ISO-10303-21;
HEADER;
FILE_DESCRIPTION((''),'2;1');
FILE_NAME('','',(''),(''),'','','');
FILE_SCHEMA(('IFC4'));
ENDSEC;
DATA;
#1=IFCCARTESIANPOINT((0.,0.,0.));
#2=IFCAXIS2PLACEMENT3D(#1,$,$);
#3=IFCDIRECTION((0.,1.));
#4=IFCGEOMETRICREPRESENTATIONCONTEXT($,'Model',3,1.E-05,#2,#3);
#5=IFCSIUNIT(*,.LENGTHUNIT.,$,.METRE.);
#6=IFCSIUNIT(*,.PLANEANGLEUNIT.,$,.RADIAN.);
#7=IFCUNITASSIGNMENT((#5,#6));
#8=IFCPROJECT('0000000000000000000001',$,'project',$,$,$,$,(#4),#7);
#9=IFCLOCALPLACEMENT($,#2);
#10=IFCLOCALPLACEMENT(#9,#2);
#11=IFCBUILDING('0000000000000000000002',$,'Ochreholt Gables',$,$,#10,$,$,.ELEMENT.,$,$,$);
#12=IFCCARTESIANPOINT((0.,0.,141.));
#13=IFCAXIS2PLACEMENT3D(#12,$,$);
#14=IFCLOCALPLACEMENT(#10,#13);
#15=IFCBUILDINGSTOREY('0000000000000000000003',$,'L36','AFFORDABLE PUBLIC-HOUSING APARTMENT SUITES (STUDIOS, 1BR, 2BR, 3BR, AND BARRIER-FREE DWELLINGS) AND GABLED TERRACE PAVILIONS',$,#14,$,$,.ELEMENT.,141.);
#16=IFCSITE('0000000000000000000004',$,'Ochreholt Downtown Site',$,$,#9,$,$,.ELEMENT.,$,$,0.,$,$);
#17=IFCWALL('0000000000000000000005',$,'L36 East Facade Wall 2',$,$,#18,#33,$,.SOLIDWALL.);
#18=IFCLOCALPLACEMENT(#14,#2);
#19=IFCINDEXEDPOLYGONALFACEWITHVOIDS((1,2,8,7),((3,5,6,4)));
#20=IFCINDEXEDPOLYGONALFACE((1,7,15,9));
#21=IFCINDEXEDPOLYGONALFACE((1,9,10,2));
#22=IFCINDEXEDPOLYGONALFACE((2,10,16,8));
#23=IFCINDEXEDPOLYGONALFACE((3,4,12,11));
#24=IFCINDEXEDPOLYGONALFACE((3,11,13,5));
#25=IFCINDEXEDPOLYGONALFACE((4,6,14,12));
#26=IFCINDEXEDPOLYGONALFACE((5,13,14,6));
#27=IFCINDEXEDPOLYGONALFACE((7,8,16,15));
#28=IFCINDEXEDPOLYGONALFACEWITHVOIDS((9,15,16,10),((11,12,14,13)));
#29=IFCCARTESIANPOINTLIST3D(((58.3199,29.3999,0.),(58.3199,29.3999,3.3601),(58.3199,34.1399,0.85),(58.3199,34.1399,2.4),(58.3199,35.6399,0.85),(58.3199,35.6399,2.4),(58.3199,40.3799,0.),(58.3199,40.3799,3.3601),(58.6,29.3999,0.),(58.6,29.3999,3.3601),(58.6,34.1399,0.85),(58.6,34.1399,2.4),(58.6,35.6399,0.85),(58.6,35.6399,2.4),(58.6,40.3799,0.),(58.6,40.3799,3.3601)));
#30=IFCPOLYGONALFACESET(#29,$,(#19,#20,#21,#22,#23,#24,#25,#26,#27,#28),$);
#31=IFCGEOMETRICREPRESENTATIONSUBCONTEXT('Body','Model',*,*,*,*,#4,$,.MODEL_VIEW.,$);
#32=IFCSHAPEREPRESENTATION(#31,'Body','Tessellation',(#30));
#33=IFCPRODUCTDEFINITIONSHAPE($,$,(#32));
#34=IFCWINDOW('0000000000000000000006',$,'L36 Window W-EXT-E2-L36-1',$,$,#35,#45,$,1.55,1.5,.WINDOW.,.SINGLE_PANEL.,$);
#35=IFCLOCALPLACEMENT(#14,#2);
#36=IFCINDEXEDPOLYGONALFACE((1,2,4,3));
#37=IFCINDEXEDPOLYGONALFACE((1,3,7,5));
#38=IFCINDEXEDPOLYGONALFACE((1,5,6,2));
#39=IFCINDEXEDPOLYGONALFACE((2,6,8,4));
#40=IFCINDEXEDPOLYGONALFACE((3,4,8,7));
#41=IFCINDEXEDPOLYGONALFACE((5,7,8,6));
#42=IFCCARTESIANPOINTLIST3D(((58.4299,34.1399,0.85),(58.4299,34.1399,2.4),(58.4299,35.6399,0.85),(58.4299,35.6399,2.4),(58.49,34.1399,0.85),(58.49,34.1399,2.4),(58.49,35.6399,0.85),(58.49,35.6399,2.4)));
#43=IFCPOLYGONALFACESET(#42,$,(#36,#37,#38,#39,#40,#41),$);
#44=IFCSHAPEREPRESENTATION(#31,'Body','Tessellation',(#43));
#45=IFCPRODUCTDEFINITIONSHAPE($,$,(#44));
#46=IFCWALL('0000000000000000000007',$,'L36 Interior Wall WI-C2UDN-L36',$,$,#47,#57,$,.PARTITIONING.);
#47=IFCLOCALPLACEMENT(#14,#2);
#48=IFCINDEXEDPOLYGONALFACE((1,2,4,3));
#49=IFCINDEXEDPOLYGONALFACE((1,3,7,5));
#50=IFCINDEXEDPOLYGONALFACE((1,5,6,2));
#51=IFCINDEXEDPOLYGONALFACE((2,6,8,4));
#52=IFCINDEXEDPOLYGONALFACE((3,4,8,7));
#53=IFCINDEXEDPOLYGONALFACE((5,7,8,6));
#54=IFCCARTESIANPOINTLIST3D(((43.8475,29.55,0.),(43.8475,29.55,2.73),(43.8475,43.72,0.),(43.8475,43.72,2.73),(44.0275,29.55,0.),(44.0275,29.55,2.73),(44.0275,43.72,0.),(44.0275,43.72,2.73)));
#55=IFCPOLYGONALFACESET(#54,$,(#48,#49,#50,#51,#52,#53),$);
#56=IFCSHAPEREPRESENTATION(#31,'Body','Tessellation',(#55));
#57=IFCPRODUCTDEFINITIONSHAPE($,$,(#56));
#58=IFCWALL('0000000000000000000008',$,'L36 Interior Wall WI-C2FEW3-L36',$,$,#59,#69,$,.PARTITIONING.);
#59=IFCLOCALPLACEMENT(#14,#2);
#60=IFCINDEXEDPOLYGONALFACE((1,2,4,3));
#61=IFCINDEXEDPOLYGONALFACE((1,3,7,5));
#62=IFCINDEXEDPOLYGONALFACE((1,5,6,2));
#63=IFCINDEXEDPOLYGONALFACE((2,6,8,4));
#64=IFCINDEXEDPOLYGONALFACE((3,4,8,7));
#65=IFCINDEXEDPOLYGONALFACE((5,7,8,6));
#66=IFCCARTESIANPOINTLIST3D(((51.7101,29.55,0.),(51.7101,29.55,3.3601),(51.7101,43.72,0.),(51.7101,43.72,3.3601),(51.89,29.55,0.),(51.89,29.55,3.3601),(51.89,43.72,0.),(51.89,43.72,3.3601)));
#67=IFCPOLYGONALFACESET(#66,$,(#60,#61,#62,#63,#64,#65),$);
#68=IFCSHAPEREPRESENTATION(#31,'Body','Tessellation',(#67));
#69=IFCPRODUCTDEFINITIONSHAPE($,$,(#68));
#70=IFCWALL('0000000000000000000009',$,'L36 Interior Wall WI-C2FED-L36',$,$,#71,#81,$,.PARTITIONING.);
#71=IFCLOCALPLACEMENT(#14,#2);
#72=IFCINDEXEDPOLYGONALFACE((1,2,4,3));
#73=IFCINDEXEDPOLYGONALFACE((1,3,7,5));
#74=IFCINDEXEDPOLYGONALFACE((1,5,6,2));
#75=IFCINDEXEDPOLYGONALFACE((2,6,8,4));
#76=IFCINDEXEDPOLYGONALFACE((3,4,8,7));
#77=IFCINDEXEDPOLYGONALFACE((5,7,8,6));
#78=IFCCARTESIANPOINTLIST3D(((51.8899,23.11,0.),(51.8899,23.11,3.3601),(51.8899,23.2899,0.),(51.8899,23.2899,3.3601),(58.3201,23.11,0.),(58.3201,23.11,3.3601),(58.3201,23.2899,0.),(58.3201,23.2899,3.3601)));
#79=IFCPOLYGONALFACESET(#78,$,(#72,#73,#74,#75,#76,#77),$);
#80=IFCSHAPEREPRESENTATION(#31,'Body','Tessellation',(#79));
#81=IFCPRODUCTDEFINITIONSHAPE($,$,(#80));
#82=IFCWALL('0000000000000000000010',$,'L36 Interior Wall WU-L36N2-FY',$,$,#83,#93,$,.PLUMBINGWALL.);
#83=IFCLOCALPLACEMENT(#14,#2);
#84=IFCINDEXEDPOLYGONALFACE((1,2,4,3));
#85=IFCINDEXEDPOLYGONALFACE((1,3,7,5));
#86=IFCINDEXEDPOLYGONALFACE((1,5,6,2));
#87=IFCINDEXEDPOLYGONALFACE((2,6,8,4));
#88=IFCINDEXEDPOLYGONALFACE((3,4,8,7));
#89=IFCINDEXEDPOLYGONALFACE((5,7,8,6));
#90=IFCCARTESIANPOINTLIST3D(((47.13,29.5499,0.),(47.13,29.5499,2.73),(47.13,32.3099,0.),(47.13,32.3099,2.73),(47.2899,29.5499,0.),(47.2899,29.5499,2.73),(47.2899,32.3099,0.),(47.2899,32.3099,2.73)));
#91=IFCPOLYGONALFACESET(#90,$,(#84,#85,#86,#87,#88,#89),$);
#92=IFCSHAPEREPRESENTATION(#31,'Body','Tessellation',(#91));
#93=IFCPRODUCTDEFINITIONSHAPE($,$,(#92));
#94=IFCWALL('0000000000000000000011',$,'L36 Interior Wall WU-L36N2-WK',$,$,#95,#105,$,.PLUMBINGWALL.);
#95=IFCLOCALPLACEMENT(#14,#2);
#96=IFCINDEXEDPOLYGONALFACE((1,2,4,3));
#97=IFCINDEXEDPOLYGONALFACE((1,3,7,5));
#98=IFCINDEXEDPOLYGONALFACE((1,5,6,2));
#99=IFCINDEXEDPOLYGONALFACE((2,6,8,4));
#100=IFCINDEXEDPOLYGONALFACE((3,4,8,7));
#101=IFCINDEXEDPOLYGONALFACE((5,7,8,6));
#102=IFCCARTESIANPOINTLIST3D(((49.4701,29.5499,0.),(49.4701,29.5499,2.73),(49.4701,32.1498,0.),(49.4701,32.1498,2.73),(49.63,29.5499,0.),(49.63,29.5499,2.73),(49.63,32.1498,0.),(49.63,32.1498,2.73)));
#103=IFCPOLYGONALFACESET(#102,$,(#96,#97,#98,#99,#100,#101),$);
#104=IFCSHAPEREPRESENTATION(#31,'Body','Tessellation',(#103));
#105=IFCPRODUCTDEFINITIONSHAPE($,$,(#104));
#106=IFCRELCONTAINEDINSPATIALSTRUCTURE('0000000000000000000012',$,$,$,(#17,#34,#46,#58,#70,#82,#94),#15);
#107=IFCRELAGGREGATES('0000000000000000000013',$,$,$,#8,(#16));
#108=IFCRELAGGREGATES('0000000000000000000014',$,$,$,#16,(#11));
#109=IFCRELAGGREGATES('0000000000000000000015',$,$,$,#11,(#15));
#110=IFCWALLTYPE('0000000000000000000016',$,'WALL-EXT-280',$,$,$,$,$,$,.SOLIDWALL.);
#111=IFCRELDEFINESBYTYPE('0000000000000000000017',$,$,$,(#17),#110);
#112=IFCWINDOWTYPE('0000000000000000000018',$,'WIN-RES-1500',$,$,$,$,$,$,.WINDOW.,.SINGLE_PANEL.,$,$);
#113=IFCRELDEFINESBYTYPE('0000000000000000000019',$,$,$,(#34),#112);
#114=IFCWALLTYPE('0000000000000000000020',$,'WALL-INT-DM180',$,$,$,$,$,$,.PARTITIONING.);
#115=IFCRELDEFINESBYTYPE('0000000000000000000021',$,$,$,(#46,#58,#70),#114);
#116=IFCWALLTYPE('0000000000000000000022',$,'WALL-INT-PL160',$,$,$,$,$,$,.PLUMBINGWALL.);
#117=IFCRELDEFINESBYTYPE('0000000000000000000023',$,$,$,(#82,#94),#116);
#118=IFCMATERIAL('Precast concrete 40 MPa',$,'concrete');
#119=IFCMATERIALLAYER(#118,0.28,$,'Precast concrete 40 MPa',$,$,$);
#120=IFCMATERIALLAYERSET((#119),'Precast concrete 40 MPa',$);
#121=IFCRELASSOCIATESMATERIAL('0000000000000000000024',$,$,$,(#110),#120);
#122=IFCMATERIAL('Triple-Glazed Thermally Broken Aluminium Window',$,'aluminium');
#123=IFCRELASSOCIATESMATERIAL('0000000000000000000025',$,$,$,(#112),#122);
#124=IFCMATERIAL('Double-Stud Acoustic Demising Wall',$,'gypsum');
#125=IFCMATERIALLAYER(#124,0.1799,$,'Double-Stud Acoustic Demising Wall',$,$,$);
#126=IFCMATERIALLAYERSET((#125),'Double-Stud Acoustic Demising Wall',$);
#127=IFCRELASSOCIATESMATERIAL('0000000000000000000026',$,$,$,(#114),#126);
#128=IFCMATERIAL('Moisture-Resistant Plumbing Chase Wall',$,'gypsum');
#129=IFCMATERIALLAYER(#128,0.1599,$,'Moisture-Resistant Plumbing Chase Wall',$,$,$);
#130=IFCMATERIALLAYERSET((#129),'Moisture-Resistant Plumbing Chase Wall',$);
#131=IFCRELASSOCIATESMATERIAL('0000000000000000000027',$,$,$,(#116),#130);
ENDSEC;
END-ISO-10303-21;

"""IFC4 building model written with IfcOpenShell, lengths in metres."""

from ifc_helpers import new_model, si_unit, direction, frame, frame_2d, origin, place, context, subcontext, project, spatial, rectangle, extrude, material, layer, layer_set, type_object, element, fill, save


model = new_model("IFC4")

# Units and contexts
model_context = context("Model", 3, precision=1e-05, world=origin(), true_north=direction((0.0, 1.0)))
body_context = subcontext(model_context, "Body", "Model", "MODEL_VIEW")
ifc_project = project(units=[si_unit("LENGTHUNIT", "METRE"), si_unit("PLANEANGLEUNIT", "RADIAN")], contexts=[model_context])

# Site, building, storey
site_placement = place(None, origin())
site = spatial("IfcSite", under=ifc_project, at=site_placement, Name="Ochreholt Downtown Site", CompositionType="ELEMENT", RefElevation=0.0)
building_placement = place(site_placement, origin())
building = spatial("IfcBuilding", under=site, at=building_placement, Name="Ochreholt Gables", CompositionType="ELEMENT")
storey_placement = place(building_placement, frame((0.0, 0.0, 141.0)))
storey = spatial("IfcBuildingStorey", under=building, at=storey_placement, Name="L36", Description="AFFORDABLE PUBLIC-HOUSING APARTMENT SUITES (STUDIOS, 1BR, 2BR, 3BR, AND BARRIER-FREE DWELLINGS) AND GABLED TERRACE PAVILIONS", CompositionType="ELEMENT", Elevation=141.0)

# Wall, opening, window
ifc_material_1 = material(Name="Precast concrete 40 MPa", Category="concrete")
ifc_layer_1 = layer(ifc_material_1, 0.28, Name="Precast concrete 40 MPa")
ifc_layer_set_1 = layer_set([ifc_layer_1], Name="Precast concrete 40 MPa")
wall_type_1 = type_object("IfcWallType", Name="WALL-EXT-280", PredefinedType="SOLIDWALL", material=ifc_layer_set_1)
wall_1_placement = place(storey_placement, frame((58.46, 29.3999, 0.0), z_axis=(0.0, 0.0, 1.0), x_axis=(0.0, 1.0, 0.0)))
wall_1 = element("IfcWall", 1, at=wall_1_placement, inside=storey, type_object=wall_type_1, Name="L36 East Facade Wall 2", PredefinedType="SOLIDWALL", context=body_context, shape_type="SweptSolid", body=[
    extrude(rectangle(XDim=10.98, YDim=0.28, at=frame_2d((5.49, 0.0))), origin(), (0.0, 0.0, 1.0), 3.3601),
])
opening_1_placement = place(wall_1_placement, frame((4.74, 0.0, 0.8501)))
opening_1 = element("IfcOpeningElement", 2, at=opening_1_placement, cuts=wall_1, PredefinedType="OPENING", context=body_context, shape_type="SweptSolid", body=[
    extrude(rectangle(XDim=1.5, YDim=1.55, at=frame_2d((0.75, 0.7749))), frame((0.0, 0.1499, 0.0), z_axis=(0.0, -1.0, 0.0), x_axis=(1.0, 0.0, 0.0)), (0.0, 0.0, 1.0), 0.3),
])
ifc_material_2 = material(Name="Triple-Glazed Thermally Broken Aluminium Window", Category="aluminium")
window_type = type_object("IfcWindowType", Name="WIN-RES-1500", PartitioningType="SINGLE_PANEL", PredefinedType="WINDOW", material=ifc_material_2)
window_placement = place(opening_1_placement, origin())
window = element("IfcWindow", 3, at=window_placement, inside=storey, type_object=window_type, Name="L36 Window W-EXT-E2-L36-1", OverallHeight=1.55, OverallWidth=1.5, PartitioningType="SINGLE_PANEL", PredefinedType="WINDOW", context=body_context, shape_type="SweptSolid", body=[
    extrude(rectangle(XDim=1.5, YDim=1.55, at=frame_2d((0.75, 0.7749))), frame((0.0, 0.03, 0.0), z_axis=(0.0, -1.0, 0.0), x_axis=(1.0, 0.0, 0.0)), (0.0, 0.0, 1.0), 0.0601),
])
fill(opening_1, window)

# Walls
ifc_material_3 = material(Name="Double-Stud Acoustic Demising Wall", Category="gypsum")
ifc_layer_2 = layer(ifc_material_3, 0.1799, Name="Double-Stud Acoustic Demising Wall")
ifc_layer_set_2 = layer_set([ifc_layer_2], Name="Double-Stud Acoustic Demising Wall")
wall_type_2 = type_object("IfcWallType", Name="WALL-INT-DM180", PredefinedType="PARTITIONING", material=ifc_layer_set_2)
wall_2_placement = place(storey_placement, frame((43.9375, 29.55, 0.0), z_axis=(0.0, 0.0, 1.0), x_axis=(0.0, 1.0, 0.0)))
element("IfcWall", 4, at=wall_2_placement, inside=storey, type_object=wall_type_2, Name="L36 Interior Wall WI-C2UDN-L36", PredefinedType="PARTITIONING", context=body_context, shape_type="SweptSolid", body=[
    extrude(rectangle(XDim=14.1699, YDim=0.1799, at=frame_2d((7.085, 0.0))), origin(), (0.0, 0.0, 1.0), 2.73),
])
wall_3_placement = place(storey_placement, frame((51.8, 29.55, 0.0), z_axis=(0.0, 0.0, 1.0), x_axis=(0.0, 1.0, 0.0)))
element("IfcWall", 5, at=wall_3_placement, inside=storey, type_object=wall_type_2, Name="L36 Interior Wall WI-C2FEW3-L36", PredefinedType="PARTITIONING", context=body_context, shape_type="SweptSolid", body=[
    extrude(rectangle(XDim=14.1699, YDim=0.1799, at=frame_2d((7.085, 0.0))), origin(), (0.0, 0.0, 1.0), 3.3601),
])
wall_4_placement = place(storey_placement, frame((51.8899, 23.2, 0.0), z_axis=(0.0, 0.0, 1.0), x_axis=(1.0, 0.0, 0.0)))
element("IfcWall", 6, at=wall_4_placement, inside=storey, type_object=wall_type_2, Name="L36 Interior Wall WI-C2FED-L36", PredefinedType="PARTITIONING", context=body_context, shape_type="SweptSolid", body=[
    extrude(rectangle(XDim=6.4302, YDim=0.1799, at=frame_2d((3.2151, 0.0))), origin(), (0.0, 0.0, 1.0), 3.3601),
])
ifc_material_4 = material(Name="Moisture-Resistant Plumbing Chase Wall", Category="gypsum")
ifc_layer_3 = layer(ifc_material_4, 0.1599, Name="Moisture-Resistant Plumbing Chase Wall")
ifc_layer_set_3 = layer_set([ifc_layer_3], Name="Moisture-Resistant Plumbing Chase Wall")
wall_type_3 = type_object("IfcWallType", Name="WALL-INT-PL160", PredefinedType="PLUMBINGWALL", material=ifc_layer_set_3)
wall_5_placement = place(storey_placement, frame((47.21, 29.55, 0.0), z_axis=(0.0, 0.0, 1.0), x_axis=(0.0, 1.0, 0.0)))
element("IfcWall", 7, at=wall_5_placement, inside=storey, type_object=wall_type_3, Name="L36 Interior Wall WU-L36N2-FY", PredefinedType="PLUMBINGWALL", context=body_context, shape_type="SweptSolid", body=[
    extrude(rectangle(XDim=2.76, YDim=0.1599, at=frame_2d((1.3799, 0.0))), origin(), (0.0, 0.0, 1.0), 2.73),
])
wall_6_placement = place(storey_placement, frame((49.55, 29.55, 0.0), z_axis=(0.0, 0.0, 1.0), x_axis=(0.0, 1.0, 0.0)))
element("IfcWall", 8, at=wall_6_placement, inside=storey, type_object=wall_type_3, Name="L36 Interior Wall WU-L36N2-WK", PredefinedType="PLUMBINGWALL", context=body_context, shape_type="SweptSolid", body=[
    extrude(rectangle(XDim=2.5999, YDim=0.1599, at=frame_2d((1.2998, 0.0))), origin(), (0.0, 0.0, 1.0), 2.73),
])

save(model, "model.ifc")
